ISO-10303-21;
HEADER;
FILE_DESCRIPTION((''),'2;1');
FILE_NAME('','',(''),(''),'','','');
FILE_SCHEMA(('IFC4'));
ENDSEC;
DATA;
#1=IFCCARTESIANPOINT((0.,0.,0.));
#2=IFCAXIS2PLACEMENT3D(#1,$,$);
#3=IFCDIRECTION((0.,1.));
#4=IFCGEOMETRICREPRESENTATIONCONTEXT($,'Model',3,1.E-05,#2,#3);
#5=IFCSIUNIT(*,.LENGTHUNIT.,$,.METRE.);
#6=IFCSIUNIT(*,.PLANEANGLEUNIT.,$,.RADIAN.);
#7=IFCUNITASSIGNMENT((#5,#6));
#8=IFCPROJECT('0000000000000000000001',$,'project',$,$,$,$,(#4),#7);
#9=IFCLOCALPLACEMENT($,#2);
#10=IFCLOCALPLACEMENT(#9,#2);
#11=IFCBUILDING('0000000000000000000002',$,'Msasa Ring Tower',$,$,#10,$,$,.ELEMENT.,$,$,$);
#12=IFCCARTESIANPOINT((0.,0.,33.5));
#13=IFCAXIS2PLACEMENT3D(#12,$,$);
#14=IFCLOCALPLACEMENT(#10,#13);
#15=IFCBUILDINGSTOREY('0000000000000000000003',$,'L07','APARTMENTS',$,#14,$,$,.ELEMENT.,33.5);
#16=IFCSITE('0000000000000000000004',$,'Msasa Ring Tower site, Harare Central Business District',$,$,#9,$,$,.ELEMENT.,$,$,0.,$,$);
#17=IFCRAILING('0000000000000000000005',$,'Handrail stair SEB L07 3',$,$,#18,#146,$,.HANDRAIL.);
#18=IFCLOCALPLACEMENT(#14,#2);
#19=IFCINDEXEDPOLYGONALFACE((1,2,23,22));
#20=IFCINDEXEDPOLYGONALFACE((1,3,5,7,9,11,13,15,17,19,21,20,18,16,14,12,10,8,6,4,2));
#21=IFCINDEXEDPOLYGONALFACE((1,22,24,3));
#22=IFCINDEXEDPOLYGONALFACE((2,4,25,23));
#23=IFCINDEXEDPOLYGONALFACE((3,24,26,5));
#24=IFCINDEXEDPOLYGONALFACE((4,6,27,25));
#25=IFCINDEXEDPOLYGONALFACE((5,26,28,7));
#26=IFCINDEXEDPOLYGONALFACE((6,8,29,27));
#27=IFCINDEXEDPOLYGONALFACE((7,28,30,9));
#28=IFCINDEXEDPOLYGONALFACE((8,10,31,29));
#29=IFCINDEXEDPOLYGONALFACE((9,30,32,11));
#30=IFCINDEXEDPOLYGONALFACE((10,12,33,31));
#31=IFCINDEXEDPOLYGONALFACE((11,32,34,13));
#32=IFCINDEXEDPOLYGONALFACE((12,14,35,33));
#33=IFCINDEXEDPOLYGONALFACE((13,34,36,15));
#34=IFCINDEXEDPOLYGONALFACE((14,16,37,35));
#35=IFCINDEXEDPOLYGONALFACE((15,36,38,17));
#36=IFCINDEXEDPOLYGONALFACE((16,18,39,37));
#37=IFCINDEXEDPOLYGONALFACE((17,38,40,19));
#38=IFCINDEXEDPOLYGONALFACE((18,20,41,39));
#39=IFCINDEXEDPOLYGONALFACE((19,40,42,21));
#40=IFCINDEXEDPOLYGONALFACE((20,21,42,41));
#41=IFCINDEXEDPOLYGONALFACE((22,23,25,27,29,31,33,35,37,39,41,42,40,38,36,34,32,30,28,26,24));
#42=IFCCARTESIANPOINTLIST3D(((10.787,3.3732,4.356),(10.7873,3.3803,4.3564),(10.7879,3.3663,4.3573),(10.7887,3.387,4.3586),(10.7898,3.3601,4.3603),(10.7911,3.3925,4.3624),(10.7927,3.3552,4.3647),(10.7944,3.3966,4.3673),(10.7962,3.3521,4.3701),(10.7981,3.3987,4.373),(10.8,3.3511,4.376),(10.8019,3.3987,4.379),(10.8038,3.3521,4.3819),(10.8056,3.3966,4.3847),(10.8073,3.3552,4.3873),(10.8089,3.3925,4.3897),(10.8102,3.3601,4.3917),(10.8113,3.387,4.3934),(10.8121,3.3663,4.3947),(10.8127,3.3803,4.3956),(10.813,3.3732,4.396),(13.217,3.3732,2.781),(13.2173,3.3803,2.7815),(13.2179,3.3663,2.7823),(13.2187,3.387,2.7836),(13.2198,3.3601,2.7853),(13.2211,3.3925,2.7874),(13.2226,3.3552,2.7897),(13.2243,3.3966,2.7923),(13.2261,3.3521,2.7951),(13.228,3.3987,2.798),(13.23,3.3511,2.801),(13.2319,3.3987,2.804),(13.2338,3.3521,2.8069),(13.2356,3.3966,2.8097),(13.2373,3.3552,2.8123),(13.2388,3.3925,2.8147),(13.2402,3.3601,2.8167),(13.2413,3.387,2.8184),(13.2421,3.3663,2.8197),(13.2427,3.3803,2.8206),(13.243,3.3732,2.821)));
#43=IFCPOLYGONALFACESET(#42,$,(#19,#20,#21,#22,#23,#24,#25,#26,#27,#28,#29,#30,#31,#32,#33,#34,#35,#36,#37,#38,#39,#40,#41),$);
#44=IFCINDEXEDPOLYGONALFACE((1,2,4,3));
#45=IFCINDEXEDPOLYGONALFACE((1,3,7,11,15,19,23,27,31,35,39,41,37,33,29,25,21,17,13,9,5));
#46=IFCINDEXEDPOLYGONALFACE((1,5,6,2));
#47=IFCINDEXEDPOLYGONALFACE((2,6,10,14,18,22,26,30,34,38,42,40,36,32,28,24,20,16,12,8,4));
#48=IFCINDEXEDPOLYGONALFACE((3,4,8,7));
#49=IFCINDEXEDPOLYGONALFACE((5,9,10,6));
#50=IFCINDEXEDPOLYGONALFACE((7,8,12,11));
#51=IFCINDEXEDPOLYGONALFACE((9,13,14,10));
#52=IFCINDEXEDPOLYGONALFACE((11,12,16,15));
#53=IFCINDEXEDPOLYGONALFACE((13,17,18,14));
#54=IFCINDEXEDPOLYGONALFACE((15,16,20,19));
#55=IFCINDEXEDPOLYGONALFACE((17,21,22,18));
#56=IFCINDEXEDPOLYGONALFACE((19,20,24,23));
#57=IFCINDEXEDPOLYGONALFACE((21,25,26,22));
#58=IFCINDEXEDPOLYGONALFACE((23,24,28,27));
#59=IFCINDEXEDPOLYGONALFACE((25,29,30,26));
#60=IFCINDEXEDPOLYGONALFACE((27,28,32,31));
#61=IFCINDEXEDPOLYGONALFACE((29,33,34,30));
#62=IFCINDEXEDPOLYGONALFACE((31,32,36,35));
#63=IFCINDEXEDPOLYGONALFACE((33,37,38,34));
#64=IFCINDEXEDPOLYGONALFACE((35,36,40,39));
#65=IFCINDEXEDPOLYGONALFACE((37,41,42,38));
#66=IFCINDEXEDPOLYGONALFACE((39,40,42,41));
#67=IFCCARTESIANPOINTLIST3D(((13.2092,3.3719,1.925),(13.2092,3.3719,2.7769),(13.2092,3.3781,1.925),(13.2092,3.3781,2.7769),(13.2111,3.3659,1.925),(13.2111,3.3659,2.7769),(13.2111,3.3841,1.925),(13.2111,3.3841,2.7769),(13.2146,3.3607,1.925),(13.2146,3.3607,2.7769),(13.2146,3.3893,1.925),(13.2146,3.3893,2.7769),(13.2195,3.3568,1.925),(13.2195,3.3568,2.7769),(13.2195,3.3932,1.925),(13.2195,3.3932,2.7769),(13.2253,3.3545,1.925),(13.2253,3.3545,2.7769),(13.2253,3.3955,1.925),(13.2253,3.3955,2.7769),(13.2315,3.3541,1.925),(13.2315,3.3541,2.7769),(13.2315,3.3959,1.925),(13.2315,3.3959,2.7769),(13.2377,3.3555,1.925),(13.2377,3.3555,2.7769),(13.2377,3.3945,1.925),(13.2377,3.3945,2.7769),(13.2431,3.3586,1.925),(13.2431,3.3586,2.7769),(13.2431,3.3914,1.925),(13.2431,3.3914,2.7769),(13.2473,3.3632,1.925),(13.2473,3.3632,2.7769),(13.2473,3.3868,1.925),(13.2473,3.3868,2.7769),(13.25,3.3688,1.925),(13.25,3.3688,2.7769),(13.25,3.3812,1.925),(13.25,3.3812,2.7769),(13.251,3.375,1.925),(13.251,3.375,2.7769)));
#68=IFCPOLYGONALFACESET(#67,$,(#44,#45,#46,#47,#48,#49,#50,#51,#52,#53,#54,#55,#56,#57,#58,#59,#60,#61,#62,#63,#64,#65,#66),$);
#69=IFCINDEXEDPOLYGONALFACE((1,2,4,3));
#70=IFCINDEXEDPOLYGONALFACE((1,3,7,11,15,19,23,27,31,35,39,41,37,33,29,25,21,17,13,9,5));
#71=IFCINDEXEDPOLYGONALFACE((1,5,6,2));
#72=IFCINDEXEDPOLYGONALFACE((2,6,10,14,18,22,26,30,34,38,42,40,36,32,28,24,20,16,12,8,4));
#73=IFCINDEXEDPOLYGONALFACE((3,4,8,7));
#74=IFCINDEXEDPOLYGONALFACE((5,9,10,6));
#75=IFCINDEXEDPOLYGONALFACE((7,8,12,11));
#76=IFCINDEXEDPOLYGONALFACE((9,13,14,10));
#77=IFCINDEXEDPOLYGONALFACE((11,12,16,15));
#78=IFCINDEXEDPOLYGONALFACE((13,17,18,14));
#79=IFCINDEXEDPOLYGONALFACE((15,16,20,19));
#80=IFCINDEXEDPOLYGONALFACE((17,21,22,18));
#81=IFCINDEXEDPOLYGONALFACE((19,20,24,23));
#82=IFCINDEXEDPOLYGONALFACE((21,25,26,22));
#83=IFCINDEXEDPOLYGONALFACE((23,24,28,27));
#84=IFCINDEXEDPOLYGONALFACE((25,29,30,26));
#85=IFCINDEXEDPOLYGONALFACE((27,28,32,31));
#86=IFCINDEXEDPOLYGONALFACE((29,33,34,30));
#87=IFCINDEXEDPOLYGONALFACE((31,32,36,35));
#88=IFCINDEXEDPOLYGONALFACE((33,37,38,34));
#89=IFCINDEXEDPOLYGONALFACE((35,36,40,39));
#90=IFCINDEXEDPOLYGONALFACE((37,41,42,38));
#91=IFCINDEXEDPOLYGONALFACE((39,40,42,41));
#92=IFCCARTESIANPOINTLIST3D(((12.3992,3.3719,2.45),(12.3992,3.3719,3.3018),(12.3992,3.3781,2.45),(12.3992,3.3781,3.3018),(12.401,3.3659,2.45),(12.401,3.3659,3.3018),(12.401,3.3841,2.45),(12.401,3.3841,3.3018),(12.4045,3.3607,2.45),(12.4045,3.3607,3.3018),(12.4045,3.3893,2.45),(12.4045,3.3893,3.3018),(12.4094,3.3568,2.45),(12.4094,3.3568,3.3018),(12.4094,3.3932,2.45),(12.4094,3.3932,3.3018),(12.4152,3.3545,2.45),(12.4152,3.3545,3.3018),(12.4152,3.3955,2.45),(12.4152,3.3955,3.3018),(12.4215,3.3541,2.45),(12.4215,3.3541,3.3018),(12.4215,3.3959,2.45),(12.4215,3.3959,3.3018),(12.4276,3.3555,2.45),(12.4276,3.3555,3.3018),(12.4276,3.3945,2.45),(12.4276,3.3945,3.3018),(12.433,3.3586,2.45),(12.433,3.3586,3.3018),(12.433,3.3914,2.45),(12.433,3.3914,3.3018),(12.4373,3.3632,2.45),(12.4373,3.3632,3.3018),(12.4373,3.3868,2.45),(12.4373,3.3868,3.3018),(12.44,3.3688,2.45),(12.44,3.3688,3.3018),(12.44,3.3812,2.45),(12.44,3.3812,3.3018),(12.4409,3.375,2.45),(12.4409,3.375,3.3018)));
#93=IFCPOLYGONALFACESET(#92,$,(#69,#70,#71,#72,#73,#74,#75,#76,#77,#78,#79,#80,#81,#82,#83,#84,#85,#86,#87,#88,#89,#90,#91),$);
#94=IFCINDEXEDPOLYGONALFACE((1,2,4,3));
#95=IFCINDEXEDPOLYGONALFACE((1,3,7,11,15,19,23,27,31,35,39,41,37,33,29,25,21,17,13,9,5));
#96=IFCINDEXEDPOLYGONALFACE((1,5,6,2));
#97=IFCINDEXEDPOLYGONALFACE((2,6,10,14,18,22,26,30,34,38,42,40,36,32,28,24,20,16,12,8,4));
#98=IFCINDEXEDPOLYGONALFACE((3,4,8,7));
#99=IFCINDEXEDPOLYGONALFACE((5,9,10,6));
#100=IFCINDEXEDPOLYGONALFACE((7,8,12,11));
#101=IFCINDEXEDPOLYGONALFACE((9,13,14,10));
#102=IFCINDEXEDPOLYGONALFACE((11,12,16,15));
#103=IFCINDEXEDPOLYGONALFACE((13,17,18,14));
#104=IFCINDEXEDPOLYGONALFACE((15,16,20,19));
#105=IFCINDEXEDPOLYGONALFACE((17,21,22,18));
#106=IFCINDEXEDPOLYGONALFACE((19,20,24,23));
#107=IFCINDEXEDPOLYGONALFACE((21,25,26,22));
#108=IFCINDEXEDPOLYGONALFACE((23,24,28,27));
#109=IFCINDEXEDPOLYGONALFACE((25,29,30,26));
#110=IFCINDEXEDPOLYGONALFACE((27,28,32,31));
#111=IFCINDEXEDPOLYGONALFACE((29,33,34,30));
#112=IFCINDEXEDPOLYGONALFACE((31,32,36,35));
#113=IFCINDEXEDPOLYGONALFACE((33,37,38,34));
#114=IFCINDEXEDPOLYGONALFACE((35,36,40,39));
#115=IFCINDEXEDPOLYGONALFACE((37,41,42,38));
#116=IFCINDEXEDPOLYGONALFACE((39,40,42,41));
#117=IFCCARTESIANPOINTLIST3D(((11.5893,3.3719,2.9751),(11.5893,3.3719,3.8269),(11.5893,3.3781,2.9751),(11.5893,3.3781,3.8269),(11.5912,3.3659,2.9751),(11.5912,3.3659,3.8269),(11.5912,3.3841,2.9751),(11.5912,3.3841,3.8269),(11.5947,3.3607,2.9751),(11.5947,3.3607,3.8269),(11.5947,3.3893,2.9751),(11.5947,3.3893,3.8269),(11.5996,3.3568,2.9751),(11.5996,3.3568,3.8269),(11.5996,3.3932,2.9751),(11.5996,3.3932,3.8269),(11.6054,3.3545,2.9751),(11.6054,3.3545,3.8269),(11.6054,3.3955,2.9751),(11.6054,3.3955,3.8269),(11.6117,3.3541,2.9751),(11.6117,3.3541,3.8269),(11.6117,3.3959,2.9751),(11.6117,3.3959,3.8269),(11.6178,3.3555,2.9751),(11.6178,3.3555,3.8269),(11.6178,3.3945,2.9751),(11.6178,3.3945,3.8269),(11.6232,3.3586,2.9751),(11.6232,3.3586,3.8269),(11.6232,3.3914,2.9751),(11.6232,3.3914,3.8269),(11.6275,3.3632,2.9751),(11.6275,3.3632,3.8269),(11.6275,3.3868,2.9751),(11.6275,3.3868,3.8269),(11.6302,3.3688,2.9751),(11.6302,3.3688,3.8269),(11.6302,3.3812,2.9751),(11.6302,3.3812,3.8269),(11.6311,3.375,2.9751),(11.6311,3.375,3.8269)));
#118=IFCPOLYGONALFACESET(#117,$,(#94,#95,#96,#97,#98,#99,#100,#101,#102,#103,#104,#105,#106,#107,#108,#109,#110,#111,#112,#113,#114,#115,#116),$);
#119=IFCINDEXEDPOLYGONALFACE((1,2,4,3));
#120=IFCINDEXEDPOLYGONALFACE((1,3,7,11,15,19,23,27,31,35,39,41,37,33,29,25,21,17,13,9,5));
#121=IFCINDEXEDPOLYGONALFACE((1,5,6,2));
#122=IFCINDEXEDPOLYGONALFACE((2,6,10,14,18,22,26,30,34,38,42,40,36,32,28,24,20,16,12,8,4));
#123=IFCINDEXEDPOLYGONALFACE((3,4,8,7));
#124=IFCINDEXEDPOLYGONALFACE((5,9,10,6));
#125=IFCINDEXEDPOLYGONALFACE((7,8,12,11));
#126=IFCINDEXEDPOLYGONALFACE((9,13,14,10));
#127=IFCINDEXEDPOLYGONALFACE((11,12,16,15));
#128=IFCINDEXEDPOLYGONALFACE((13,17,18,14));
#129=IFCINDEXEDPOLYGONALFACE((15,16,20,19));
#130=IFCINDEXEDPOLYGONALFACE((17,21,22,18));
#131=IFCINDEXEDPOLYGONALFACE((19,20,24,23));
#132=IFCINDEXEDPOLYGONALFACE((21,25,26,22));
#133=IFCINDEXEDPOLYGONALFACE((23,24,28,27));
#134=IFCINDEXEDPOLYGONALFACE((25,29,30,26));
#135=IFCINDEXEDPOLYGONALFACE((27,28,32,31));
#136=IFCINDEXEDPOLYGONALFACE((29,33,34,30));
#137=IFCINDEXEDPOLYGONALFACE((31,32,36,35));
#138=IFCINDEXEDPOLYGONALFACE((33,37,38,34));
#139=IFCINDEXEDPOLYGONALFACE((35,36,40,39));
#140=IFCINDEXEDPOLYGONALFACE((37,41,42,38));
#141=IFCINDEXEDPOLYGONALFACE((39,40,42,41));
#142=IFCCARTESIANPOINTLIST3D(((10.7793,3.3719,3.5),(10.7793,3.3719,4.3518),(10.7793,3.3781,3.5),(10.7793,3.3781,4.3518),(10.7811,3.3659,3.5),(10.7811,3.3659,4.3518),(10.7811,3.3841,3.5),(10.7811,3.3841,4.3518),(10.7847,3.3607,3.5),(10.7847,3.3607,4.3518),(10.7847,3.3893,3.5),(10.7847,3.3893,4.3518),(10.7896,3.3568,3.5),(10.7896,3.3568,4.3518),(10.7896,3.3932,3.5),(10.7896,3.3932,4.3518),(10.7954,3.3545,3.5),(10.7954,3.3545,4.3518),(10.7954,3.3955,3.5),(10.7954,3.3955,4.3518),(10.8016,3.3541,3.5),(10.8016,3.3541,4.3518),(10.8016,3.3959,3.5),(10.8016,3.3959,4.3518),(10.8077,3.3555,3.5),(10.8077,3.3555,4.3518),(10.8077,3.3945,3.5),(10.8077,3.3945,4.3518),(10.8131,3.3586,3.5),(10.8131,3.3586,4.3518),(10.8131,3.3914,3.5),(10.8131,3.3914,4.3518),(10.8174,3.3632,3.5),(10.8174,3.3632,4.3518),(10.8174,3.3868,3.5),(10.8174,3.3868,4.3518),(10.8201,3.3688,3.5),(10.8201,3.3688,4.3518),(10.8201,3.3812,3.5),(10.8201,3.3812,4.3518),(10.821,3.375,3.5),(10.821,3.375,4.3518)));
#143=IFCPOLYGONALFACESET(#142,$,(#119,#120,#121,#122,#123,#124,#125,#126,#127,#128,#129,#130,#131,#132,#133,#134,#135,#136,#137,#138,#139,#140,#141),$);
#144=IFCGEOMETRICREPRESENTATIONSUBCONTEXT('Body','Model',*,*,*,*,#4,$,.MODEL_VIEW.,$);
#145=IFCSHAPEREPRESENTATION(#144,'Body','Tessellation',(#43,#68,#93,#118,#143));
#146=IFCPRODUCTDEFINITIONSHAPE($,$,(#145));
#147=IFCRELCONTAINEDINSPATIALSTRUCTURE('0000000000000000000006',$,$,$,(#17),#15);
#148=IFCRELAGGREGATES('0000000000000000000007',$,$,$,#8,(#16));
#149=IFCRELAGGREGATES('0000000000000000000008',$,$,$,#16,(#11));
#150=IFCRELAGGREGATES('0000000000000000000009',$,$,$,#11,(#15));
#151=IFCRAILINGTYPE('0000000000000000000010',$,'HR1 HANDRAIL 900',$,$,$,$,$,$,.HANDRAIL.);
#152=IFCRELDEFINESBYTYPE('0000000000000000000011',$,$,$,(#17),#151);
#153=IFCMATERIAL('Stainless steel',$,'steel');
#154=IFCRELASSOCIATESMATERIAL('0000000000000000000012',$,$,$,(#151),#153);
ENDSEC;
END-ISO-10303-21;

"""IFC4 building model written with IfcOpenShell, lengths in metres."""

from ifc_helpers import new_model, si_unit, direction, frame, origin, origin_2d, place, context, subcontext, project, spatial, circle, extrude, material, type_object, element, save


model = new_model("IFC4")

# Units and contexts
model_context = context("Model", 3, precision=1e-05, world=origin(), true_north=direction((0.0, 1.0)))
body_context = subcontext(model_context, "Body", "Model", "MODEL_VIEW")
ifc_project = project(units=[si_unit("LENGTHUNIT", "METRE"), si_unit("PLANEANGLEUNIT", "RADIAN")], contexts=[model_context])

# Site, building, storey
site_placement = place(None, origin())
site = spatial("IfcSite", under=ifc_project, at=site_placement, Name="Msasa Ring Tower site, Harare Central Business District", CompositionType="ELEMENT", RefElevation=0.0)
building_placement = place(site_placement, origin())
building = spatial("IfcBuilding", under=site, at=building_placement, Name="Msasa Ring Tower", CompositionType="ELEMENT")
storey_placement = place(building_placement, frame((0.0, 0.0, 33.5)))
storey = spatial("IfcBuildingStorey", under=building, at=storey_placement, Name="L07", Description="APARTMENTS", CompositionType="ELEMENT", Elevation=33.5)

# Railing
ifc_material_1 = material(Name="Stainless steel", Category="steel")
railing_type = type_object("IfcRailingType", Name="HR1 HANDRAIL 900", PredefinedType="HANDRAIL", material=ifc_material_1)
for number, where, name in (
    (1, (13.23, 3.375, 1.925), "Handrail stair SEB L07 3"),
):
    element("IfcRailing", number, at=place(storey_placement, frame(where)), inside=storey, type_object=railing_type, Name=name, PredefinedType="HANDRAIL", context=body_context, shape_type="SweptSolid", body=[
        extrude(circle(Radius=0.0239, at=origin_2d()), frame((0.0, 0.0, 0.876), z_axis=(-0.839154, 0.0, 0.543894), x_axis=(0.0, -1.0, 0.0)), (0.0, 0.0, 1.0), 2.8958),
        extrude(circle(Radius=0.021, at=origin_2d()), origin(), (0.0, 0.0, 1.0), 0.8518),
        extrude(circle(Radius=0.021, at=origin_2d()), frame((-0.8101, 0.0, 0.5249)), (0.0, 0.0, 1.0), 0.8518),
        extrude(circle(Radius=0.021, at=origin_2d()), frame((-1.6199, 0.0, 1.05)), (0.0, 0.0, 1.0), 0.8518),
        extrude(circle(Radius=0.021, at=origin_2d()), frame((-2.4299, 0.0, 1.575)), (0.0, 0.0, 1.0), 0.8518),
    ])

save(model, "model.ifc")
